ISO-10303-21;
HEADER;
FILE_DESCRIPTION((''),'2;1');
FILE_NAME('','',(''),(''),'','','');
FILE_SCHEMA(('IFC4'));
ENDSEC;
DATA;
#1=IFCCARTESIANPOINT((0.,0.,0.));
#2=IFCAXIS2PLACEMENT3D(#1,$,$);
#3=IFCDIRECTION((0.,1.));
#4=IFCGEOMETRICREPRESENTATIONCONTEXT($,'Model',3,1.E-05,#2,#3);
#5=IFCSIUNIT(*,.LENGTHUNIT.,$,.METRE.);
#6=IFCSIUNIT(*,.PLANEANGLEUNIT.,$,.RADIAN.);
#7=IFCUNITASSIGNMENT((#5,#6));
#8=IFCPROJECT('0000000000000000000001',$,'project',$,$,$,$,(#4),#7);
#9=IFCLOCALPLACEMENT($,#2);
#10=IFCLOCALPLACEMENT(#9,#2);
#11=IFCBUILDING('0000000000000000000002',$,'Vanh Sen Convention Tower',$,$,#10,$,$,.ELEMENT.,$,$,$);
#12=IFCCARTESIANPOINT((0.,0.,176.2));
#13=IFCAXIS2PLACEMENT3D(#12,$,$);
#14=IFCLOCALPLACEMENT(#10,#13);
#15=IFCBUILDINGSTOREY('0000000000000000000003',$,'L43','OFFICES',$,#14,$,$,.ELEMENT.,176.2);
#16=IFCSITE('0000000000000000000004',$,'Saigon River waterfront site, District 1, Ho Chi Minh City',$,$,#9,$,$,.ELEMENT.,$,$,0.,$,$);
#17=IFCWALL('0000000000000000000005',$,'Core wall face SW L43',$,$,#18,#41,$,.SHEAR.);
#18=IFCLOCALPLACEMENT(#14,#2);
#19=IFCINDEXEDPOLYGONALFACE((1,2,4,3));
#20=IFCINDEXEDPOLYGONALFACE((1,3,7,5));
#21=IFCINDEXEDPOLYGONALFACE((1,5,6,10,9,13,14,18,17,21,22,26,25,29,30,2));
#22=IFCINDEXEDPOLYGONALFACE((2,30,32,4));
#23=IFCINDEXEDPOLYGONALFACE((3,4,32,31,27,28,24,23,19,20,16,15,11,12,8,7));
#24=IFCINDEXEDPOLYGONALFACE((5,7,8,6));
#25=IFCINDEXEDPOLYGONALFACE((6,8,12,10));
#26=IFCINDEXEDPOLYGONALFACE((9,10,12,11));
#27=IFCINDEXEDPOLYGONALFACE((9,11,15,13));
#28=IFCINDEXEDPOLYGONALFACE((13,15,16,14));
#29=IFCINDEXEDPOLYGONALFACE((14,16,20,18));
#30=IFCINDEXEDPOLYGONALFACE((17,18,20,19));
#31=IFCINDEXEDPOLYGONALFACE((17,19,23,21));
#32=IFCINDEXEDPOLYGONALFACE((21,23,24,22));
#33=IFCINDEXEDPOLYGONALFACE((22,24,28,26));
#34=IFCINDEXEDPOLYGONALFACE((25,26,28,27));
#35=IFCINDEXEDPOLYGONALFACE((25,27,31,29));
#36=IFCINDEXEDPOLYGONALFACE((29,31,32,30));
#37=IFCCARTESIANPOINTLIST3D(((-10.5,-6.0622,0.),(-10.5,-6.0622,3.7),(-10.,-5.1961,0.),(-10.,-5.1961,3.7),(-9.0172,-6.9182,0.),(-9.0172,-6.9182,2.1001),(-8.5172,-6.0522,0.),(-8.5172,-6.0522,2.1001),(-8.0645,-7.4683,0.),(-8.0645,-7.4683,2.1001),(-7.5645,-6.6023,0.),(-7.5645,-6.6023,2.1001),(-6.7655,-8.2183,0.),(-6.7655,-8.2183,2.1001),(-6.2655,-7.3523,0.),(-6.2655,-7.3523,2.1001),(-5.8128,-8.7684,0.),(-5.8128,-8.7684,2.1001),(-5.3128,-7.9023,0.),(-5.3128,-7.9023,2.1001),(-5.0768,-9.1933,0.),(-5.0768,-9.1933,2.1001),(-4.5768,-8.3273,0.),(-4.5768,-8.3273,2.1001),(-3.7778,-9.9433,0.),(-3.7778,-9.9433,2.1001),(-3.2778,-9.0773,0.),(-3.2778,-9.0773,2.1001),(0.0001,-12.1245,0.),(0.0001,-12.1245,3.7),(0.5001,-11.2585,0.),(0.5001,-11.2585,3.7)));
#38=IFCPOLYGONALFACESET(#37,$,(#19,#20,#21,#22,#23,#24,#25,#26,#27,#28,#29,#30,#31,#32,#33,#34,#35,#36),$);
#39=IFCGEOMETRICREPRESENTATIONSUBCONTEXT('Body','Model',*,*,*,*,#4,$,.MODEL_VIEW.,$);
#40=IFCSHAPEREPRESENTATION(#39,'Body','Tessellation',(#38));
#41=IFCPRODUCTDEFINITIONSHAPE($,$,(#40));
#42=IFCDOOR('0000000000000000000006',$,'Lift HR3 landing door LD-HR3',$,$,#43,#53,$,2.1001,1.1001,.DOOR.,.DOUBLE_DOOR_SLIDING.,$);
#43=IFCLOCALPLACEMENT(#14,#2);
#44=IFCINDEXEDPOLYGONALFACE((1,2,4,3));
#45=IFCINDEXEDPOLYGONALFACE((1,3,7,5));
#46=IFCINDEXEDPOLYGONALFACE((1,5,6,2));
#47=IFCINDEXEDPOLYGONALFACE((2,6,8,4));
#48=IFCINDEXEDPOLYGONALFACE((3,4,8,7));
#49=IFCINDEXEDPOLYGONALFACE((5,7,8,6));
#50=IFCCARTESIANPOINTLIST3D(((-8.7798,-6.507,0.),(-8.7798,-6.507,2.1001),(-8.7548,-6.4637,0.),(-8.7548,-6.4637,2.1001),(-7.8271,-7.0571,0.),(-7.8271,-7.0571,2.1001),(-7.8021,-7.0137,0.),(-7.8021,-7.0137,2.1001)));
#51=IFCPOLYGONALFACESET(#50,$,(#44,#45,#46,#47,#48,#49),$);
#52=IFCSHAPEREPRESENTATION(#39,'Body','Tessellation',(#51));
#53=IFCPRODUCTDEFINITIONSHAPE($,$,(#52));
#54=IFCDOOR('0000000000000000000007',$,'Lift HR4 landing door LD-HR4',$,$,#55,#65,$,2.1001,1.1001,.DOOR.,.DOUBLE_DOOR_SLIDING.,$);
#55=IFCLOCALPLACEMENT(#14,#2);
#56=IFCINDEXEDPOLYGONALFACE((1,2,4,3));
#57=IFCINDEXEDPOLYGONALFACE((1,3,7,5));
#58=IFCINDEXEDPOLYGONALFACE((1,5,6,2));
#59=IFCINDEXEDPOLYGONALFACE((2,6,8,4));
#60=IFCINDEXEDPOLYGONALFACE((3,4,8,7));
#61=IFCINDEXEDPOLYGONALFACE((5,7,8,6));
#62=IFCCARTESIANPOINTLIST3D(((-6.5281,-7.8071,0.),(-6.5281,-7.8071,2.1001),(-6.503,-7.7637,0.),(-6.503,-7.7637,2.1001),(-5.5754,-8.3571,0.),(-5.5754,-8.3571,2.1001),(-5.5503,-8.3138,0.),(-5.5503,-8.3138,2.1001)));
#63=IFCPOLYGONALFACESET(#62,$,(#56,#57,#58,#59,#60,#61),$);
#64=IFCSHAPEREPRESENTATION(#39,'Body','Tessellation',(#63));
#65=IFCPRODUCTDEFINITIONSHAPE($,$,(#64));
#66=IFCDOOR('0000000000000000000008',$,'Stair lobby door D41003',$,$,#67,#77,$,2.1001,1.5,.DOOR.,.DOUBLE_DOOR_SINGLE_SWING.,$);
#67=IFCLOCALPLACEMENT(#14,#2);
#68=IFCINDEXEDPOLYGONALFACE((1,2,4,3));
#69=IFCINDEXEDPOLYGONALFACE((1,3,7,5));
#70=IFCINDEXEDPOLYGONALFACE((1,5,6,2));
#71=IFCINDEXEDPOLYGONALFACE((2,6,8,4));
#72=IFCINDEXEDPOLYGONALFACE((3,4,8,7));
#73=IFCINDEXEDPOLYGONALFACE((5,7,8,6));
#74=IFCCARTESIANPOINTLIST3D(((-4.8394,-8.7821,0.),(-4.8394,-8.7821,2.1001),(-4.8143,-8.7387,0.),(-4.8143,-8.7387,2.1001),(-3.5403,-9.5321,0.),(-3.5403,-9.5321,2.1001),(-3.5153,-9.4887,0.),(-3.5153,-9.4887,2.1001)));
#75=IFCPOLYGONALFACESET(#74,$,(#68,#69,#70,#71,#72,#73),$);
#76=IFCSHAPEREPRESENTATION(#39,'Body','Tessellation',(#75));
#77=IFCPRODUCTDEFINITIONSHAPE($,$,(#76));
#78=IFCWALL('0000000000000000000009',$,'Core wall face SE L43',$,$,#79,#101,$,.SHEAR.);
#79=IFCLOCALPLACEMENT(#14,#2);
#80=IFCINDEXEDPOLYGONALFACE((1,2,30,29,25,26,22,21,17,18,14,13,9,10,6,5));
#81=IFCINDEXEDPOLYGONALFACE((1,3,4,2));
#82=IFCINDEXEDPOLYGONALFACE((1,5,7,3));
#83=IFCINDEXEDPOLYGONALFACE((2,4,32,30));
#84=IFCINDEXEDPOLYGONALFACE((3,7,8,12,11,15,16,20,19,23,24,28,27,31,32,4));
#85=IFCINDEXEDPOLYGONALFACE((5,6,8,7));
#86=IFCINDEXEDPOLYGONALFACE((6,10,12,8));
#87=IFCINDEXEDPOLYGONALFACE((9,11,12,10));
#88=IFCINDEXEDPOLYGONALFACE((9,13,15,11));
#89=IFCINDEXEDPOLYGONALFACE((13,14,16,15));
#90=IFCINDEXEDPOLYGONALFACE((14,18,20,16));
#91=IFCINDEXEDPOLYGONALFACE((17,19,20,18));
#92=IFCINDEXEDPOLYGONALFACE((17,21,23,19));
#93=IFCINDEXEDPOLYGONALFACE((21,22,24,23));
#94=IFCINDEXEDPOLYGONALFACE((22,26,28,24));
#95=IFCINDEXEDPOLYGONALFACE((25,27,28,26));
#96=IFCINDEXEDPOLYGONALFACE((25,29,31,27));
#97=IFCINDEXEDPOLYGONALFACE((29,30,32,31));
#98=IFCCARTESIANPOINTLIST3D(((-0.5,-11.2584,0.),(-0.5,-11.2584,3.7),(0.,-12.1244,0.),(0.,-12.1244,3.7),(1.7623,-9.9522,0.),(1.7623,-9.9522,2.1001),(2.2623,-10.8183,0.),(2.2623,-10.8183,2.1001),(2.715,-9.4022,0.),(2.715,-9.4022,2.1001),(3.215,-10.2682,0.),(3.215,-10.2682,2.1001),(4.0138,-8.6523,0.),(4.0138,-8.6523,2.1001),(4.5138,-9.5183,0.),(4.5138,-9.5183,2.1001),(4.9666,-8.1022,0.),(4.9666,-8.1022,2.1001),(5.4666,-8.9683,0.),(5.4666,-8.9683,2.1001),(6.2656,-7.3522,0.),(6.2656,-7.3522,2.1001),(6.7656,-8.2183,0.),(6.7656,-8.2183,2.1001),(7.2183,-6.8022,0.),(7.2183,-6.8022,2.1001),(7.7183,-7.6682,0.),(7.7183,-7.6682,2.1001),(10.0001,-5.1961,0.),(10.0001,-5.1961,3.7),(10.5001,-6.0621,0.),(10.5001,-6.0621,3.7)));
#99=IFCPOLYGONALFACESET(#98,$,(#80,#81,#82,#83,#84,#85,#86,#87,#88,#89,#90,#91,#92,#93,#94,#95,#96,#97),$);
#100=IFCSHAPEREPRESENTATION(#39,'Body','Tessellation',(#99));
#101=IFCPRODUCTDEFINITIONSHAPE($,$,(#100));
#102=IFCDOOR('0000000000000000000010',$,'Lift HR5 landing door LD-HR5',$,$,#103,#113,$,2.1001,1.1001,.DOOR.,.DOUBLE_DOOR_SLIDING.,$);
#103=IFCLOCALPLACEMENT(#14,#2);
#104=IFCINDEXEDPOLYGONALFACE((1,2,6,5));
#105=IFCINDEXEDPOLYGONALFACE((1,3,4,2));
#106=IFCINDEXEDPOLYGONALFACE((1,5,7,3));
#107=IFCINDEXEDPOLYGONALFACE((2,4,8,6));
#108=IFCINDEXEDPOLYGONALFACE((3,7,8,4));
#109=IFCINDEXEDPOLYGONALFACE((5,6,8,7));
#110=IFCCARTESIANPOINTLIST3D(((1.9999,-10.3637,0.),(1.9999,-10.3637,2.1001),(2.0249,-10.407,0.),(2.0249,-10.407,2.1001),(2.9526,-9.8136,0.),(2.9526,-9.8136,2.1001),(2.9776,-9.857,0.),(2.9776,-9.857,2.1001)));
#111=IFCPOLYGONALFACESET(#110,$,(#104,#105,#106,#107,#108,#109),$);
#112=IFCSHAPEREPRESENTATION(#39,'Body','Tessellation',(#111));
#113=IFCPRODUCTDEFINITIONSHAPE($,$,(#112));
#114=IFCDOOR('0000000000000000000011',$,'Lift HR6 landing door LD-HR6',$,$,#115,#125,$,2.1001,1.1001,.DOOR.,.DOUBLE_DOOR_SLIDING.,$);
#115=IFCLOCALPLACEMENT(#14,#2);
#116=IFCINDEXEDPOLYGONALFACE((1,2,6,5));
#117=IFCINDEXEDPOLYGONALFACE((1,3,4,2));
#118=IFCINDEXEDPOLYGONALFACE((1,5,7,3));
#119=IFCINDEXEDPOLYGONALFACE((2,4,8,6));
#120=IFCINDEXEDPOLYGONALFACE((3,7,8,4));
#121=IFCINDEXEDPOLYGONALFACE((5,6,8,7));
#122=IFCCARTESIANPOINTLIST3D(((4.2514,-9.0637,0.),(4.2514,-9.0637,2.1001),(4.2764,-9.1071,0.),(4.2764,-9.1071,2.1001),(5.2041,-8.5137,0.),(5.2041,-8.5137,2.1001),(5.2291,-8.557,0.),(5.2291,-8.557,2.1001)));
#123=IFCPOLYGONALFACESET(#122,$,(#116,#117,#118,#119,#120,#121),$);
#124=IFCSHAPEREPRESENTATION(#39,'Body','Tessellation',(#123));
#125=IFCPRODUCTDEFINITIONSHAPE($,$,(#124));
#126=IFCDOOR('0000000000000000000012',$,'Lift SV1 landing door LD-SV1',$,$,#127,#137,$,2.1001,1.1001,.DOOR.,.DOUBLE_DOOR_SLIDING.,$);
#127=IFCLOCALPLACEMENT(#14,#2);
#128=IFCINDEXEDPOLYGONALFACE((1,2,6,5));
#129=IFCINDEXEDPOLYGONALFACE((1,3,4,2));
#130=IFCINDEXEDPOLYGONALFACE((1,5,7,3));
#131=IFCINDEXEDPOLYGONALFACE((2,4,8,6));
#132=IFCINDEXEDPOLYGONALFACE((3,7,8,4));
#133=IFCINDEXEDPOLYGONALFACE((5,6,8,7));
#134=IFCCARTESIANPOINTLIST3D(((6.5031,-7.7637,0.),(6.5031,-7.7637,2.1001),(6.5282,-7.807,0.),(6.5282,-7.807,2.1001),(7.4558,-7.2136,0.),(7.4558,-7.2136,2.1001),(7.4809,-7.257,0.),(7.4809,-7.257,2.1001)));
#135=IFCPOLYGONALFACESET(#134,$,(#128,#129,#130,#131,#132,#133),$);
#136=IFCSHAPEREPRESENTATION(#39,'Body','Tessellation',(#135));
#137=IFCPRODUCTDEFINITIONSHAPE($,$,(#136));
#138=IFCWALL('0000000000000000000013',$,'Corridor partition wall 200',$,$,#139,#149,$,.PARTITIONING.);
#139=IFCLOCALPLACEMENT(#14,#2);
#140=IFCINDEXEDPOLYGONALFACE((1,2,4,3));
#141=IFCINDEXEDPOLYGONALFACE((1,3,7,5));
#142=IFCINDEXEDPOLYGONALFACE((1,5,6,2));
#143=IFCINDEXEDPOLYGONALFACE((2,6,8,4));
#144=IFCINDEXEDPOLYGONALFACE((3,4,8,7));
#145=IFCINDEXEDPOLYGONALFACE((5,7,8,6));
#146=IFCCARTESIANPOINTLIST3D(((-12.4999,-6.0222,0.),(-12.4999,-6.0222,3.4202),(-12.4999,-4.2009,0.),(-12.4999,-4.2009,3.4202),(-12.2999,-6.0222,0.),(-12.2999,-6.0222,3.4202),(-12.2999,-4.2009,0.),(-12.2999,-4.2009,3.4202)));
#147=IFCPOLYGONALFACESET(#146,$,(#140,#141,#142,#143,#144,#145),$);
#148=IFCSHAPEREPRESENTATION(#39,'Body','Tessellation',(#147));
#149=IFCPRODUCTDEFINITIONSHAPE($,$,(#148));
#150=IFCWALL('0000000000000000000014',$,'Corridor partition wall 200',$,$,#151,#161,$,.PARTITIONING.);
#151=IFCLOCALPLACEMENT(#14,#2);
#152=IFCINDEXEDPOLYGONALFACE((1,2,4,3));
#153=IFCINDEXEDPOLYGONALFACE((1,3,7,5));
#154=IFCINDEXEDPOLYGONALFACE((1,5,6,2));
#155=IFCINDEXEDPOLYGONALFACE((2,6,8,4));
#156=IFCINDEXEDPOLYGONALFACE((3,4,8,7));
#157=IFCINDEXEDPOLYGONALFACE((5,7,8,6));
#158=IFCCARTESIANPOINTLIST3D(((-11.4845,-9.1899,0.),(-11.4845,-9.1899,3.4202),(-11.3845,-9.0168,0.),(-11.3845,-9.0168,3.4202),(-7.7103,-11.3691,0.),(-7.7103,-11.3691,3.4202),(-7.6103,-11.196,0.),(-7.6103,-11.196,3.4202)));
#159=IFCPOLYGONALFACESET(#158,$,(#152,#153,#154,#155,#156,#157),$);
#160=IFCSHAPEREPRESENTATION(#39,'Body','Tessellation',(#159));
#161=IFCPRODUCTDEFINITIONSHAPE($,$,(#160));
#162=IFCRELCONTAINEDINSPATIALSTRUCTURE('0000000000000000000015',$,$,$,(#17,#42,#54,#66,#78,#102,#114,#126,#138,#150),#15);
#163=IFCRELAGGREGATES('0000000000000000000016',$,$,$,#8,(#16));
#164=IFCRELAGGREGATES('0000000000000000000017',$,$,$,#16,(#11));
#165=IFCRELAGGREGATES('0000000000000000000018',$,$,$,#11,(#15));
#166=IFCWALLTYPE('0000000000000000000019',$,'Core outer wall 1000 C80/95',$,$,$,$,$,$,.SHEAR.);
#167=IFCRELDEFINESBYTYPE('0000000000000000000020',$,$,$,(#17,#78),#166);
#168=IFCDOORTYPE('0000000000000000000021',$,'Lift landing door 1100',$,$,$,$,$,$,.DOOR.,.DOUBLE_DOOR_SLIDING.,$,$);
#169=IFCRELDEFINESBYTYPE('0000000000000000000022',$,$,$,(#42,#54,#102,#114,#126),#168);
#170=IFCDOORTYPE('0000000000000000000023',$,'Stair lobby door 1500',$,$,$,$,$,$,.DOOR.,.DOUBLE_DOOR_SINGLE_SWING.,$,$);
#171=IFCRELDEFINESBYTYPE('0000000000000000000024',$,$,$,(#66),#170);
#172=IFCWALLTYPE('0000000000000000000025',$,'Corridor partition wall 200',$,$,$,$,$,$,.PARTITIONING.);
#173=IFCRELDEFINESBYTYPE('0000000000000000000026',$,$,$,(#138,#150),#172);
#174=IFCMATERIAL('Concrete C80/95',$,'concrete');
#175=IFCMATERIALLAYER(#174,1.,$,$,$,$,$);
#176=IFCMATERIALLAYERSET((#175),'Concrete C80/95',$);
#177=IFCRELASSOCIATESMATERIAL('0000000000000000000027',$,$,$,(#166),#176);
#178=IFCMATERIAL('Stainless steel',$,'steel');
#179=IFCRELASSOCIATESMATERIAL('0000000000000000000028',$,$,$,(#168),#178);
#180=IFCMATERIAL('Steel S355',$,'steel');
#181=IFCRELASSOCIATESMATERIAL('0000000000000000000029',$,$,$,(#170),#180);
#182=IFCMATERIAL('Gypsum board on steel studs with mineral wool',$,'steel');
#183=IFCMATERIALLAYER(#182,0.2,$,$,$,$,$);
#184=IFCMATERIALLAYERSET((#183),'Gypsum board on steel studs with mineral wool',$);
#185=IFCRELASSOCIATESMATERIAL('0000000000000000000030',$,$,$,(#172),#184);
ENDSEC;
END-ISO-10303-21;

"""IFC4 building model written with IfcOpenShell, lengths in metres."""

from ifc_helpers import new_model, si_unit, direction, frame, frame_2d, origin, place, context, subcontext, project, spatial, rectangle, extrude, material, layer, layer_set, type_object, element, fill, save


model = new_model("IFC4")

# Units and contexts
model_context = context("Model", 3, precision=1e-05, world=origin(), true_north=direction((0.0, 1.0)))
body_context = subcontext(model_context, "Body", "Model", "MODEL_VIEW")
ifc_project = project(units=[si_unit("LENGTHUNIT", "METRE"), si_unit("PLANEANGLEUNIT", "RADIAN")], contexts=[model_context])

# Site, building, storey
site_placement = place(None, origin())
site = spatial("IfcSite", under=ifc_project, at=site_placement, Name="Saigon River waterfront site, District 1, Ho Chi Minh City", CompositionType="ELEMENT", RefElevation=0.0)
building_placement = place(site_placement, origin())
building = spatial("IfcBuilding", under=site, at=building_placement, Name="Vanh Sen Convention Tower", CompositionType="ELEMENT")
storey_placement = place(building_placement, frame((0.0, 0.0, 176.2)))
storey = spatial("IfcBuildingStorey", under=building, at=storey_placement, Name="L43", Description="OFFICES", CompositionType="ELEMENT", Elevation=176.2)

# Walls, openings, doors
ifc_material_1 = material(Name="Concrete C80/95", Category="concrete")
ifc_layer_1 = layer(ifc_material_1, 1.0)
ifc_layer_set_1 = layer_set([ifc_layer_1], Name="Concrete C80/95")
wall_type_1 = type_object("IfcWallType", Name="Core outer wall 1000 C80/95", PredefinedType="SHEAR", material=ifc_layer_set_1)
wall_1_placement = place(storey_placement, frame((-10.25, -5.6292, 0.0), z_axis=(0.0, 0.0, 1.0), x_axis=(0.866023, -0.500005, 0.0)))
wall_1 = element("IfcWall", 1, at=wall_1_placement, inside=storey, type_object=wall_type_1, Name="Core wall face SW L43", PredefinedType="SHEAR", context=body_context, shape_type="SweptSolid", body=[
    extrude(rectangle(XDim=12.1245, YDim=1.0, at=frame_2d((6.0623, 0.0))), origin(), (0.0, 0.0, 1.0), 3.7),
])
opening_1_placement = place(wall_1_placement, frame((6.2622, 0.0, 0.0)))
opening_1 = element("IfcOpeningElement", 2, at=opening_1_placement, cuts=wall_1, PredefinedType="OPENING", context=body_context, shape_type="SweptSolid", body=[
    extrude(rectangle(XDim=1.5, YDim=2.1001, at=frame_2d((0.75, 1.05))), frame((0.0, 0.51, 0.0), z_axis=(0.0, -1.0, 0.0), x_axis=(1.0, 0.0, 0.0)), (0.0, 0.0, 1.0), 1.02),
])
opening_2_placement = place(wall_1_placement, frame((1.7122, 0.0, 0.0)))
opening_2 = element("IfcOpeningElement", 3, at=opening_2_placement, cuts=wall_1, PredefinedType="OPENING", context=body_context, shape_type="SweptSolid", body=[
    extrude(rectangle(XDim=1.1001, YDim=2.1001, at=frame_2d((0.55, 1.05))), frame((0.0, 0.51, 0.0), z_axis=(0.0, -1.0, 0.0), x_axis=(1.0, 0.0, 0.0)), (0.0, 0.0, 1.0), 1.02),
])
opening_3_placement = place(wall_1_placement, frame((4.3123, 0.0, 0.0)))
opening_3 = element("IfcOpeningElement", 4, at=opening_3_placement, cuts=wall_1, PredefinedType="OPENING", context=body_context, shape_type="SweptSolid", body=[
    extrude(rectangle(XDim=1.1001, YDim=2.1001, at=frame_2d((0.55, 1.05))), frame((0.0, 0.51, 0.0), z_axis=(0.0, -1.0, 0.0), x_axis=(1.0, 0.0, 0.0)), (0.0, 0.0, 1.0), 1.02),
])
ifc_material_2 = material(Name="Stainless steel", Category="steel")
door_type_1 = type_object("IfcDoorType", Name="Lift landing door 1100", OperationType="DOUBLE_DOOR_SLIDING", PredefinedType="DOOR", material=ifc_material_2)
door_1_placement = place(opening_2_placement, origin())
door_1 = element("IfcDoor", 5, at=door_1_placement, inside=storey, type_object=door_type_1, Name="Lift HR3 landing door LD-HR3", OperationType="DOUBLE_DOOR_SLIDING", OverallHeight=2.1001, OverallWidth=1.1001, PredefinedType="DOOR", context=body_context, shape_type="SweptSolid", body=[
    extrude(rectangle(XDim=1.1001, YDim=2.1001, at=frame_2d((0.55, 1.05))), frame((0.0, 0.0249, 0.0), z_axis=(0.0, -1.0, 0.0), x_axis=(1.0, 0.0, 0.0)), (0.0, 0.0, 1.0), 0.05),
])
fill(opening_2, door_1)
door_2_placement = place(opening_3_placement, origin())
door_2 = element("IfcDoor", 6, at=door_2_placement, inside=storey, type_object=door_type_1, Name="Lift HR4 landing door LD-HR4", OperationType="DOUBLE_DOOR_SLIDING", OverallHeight=2.1001, OverallWidth=1.1001, PredefinedType="DOOR", context=body_context, shape_type="SweptSolid", body=[
    extrude(rectangle(XDim=1.1001, YDim=2.1001, at=frame_2d((0.55, 1.05))), frame((0.0, 0.0249, 0.0), z_axis=(0.0, -1.0, 0.0), x_axis=(1.0, 0.0, 0.0)), (0.0, 0.0, 1.0), 0.05),
])
fill(opening_3, door_2)
ifc_material_3 = material(Name="Steel S355", Category="steel")
door_type_2 = type_object("IfcDoorType", Name="Stair lobby door 1500", OperationType="DOUBLE_DOOR_SINGLE_SWING", PredefinedType="DOOR", material=ifc_material_3)
door_3_placement = place(opening_1_placement, origin())
door_3 = element("IfcDoor", 7, at=door_3_placement, inside=storey, type_object=door_type_2, Name="Stair lobby door D41003", OperationType="DOUBLE_DOOR_SINGLE_SWING", OverallHeight=2.1001, OverallWidth=1.5, PredefinedType="DOOR", context=body_context, shape_type="SweptSolid", body=[
    extrude(rectangle(XDim=1.5, YDim=2.1001, at=frame_2d((0.75, 1.05))), frame((0.0, 0.0249, 0.0), z_axis=(0.0, -1.0, 0.0), x_axis=(1.0, 0.0, 0.0)), (0.0, 0.0, 1.0), 0.05),
])
fill(opening_1, door_3)
wall_2_placement = place(storey_placement, frame((-0.25, -11.6914, 0.0), z_axis=(0.0, 0.0, 1.0), x_axis=(0.866023, 0.500005, 0.0)))
wall_2 = element("IfcWall", 8, at=wall_2_placement, inside=storey, type_object=wall_type_1, Name="Core wall face SE L43", PredefinedType="SHEAR", context=body_context, shape_type="SweptSolid", body=[
    extrude(rectangle(XDim=12.1245, YDim=1.0, at=frame_2d((6.0623, 0.0))), origin(), (0.0, 0.0, 1.0), 3.7),
])
opening_4_placement = place(wall_2_placement, frame((2.6123, 0.0, 0.0)))
opening_4 = element("IfcOpeningElement", 9, at=opening_4_placement, cuts=wall_2, PredefinedType="OPENING", context=body_context, shape_type="SweptSolid", body=[
    extrude(rectangle(XDim=1.1001, YDim=2.1001, at=frame_2d((0.55, 1.05))), frame((0.0, 0.51, 0.0), z_axis=(0.0, -1.0, 0.0), x_axis=(1.0, 0.0, 0.0)), (0.0, 0.0, 1.0), 1.02),
])
opening_5_placement = place(wall_2_placement, frame((5.2122, 0.0, 0.0)))
opening_5 = element("IfcOpeningElement", 10, at=opening_5_placement, cuts=wall_2, PredefinedType="OPENING", context=body_context, shape_type="SweptSolid", body=[
    extrude(rectangle(XDim=1.1001, YDim=2.1001, at=frame_2d((0.55, 1.05))), frame((0.0, 0.51, 0.0), z_axis=(0.0, -1.0, 0.0), x_axis=(1.0, 0.0, 0.0)), (0.0, 0.0, 1.0), 1.02),
])
opening_6_placement = place(wall_2_placement, frame((7.8123, 0.0, 0.0)))
opening_6 = element("IfcOpeningElement", 11, at=opening_6_placement, cuts=wall_2, PredefinedType="OPENING", context=body_context, shape_type="SweptSolid", body=[
    extrude(rectangle(XDim=1.1001, YDim=2.1001, at=frame_2d((0.55, 1.05))), frame((0.0, 0.51, 0.0), z_axis=(0.0, -1.0, 0.0), x_axis=(1.0, 0.0, 0.0)), (0.0, 0.0, 1.0), 1.02),
])
door_4_placement = place(opening_4_placement, origin())
door_4 = element("IfcDoor", 12, at=door_4_placement, inside=storey, type_object=door_type_1, Name="Lift HR5 landing door LD-HR5", OperationType="DOUBLE_DOOR_SLIDING", OverallHeight=2.1001, OverallWidth=1.1001, PredefinedType="DOOR", context=body_context, shape_type="SweptSolid", body=[
    extrude(rectangle(XDim=1.1001, YDim=2.1001, at=frame_2d((0.55, 1.05))), frame((0.0, 0.0249, 0.0), z_axis=(0.0, -1.0, 0.0), x_axis=(1.0, 0.0, 0.0)), (0.0, 0.0, 1.0), 0.05),
])
fill(opening_4, door_4)
door_5_placement = place(opening_5_placement, origin())
door_5 = element("IfcDoor", 13, at=door_5_placement, inside=storey, type_object=door_type_1, Name="Lift HR6 landing door LD-HR6", OperationType="DOUBLE_DOOR_SLIDING", OverallHeight=2.1001, OverallWidth=1.1001, PredefinedType="DOOR", context=body_context, shape_type="SweptSolid", body=[
    extrude(rectangle(XDim=1.1001, YDim=2.1001, at=frame_2d((0.55, 1.05))), frame((0.0, 0.0249, 0.0), z_axis=(0.0, -1.0, 0.0), x_axis=(1.0, 0.0, 0.0)), (0.0, 0.0, 1.0), 0.05),
])
fill(opening_5, door_5)
door_6_placement = place(opening_6_placement, origin())
door_6 = element("IfcDoor", 14, at=door_6_placement, inside=storey, type_object=door_type_1, Name="Lift SV1 landing door LD-SV1", OperationType="DOUBLE_DOOR_SLIDING", OverallHeight=2.1001, OverallWidth=1.1001, PredefinedType="DOOR", context=body_context, shape_type="SweptSolid", body=[
    extrude(rectangle(XDim=1.1001, YDim=2.1001, at=frame_2d((0.55, 1.05))), frame((0.0, 0.0249, 0.0), z_axis=(0.0, -1.0, 0.0), x_axis=(1.0, 0.0, 0.0)), (0.0, 0.0, 1.0), 0.05),
])
fill(opening_6, door_6)

# Walls
ifc_material_4 = material(Name="Gypsum board on steel studs with mineral wool", Category="steel")
ifc_layer_2 = layer(ifc_material_4, 0.2)
ifc_layer_set_2 = layer_set([ifc_layer_2], Name="Gypsum board on steel studs with mineral wool")
wall_type_2 = type_object("IfcWallType", Name="Corridor partition wall 200", PredefinedType="PARTITIONING", material=ifc_layer_set_2)
wall_3_placement = place(storey_placement, frame((-12.3999, -4.2009, 0.0), z_axis=(0.0, 0.0, 1.0), x_axis=(0.0, -1.0, 0.0)))
element("IfcWall", 15, at=wall_3_placement, inside=storey, type_object=wall_type_2, Name="Corridor partition wall 200", PredefinedType="PARTITIONING", context=body_context, shape_type="SweptSolid", body=[
    extrude(rectangle(XDim=1.8213, YDim=0.2, at=frame_2d((0.9106, 0.0))), origin(), (0.0, 0.0, 1.0), 3.4202),
])
wall_4_placement = place(storey_placement, frame((-11.4346, -9.1033, 0.0), z_axis=(0.0, 0.0, 1.0), x_axis=(0.866007, -0.500031, 0.0)))
element("IfcWall", 16, at=wall_4_placement, inside=storey, type_object=wall_type_2, Name="Corridor partition wall 200", PredefinedType="PARTITIONING", context=body_context, shape_type="SweptSolid", body=[
    extrude(rectangle(XDim=4.3582, YDim=0.2, at=frame_2d((2.1792, 0.0))), origin(), (0.0, 0.0, 1.0), 3.4202),
])

save(model, "model.ifc")
